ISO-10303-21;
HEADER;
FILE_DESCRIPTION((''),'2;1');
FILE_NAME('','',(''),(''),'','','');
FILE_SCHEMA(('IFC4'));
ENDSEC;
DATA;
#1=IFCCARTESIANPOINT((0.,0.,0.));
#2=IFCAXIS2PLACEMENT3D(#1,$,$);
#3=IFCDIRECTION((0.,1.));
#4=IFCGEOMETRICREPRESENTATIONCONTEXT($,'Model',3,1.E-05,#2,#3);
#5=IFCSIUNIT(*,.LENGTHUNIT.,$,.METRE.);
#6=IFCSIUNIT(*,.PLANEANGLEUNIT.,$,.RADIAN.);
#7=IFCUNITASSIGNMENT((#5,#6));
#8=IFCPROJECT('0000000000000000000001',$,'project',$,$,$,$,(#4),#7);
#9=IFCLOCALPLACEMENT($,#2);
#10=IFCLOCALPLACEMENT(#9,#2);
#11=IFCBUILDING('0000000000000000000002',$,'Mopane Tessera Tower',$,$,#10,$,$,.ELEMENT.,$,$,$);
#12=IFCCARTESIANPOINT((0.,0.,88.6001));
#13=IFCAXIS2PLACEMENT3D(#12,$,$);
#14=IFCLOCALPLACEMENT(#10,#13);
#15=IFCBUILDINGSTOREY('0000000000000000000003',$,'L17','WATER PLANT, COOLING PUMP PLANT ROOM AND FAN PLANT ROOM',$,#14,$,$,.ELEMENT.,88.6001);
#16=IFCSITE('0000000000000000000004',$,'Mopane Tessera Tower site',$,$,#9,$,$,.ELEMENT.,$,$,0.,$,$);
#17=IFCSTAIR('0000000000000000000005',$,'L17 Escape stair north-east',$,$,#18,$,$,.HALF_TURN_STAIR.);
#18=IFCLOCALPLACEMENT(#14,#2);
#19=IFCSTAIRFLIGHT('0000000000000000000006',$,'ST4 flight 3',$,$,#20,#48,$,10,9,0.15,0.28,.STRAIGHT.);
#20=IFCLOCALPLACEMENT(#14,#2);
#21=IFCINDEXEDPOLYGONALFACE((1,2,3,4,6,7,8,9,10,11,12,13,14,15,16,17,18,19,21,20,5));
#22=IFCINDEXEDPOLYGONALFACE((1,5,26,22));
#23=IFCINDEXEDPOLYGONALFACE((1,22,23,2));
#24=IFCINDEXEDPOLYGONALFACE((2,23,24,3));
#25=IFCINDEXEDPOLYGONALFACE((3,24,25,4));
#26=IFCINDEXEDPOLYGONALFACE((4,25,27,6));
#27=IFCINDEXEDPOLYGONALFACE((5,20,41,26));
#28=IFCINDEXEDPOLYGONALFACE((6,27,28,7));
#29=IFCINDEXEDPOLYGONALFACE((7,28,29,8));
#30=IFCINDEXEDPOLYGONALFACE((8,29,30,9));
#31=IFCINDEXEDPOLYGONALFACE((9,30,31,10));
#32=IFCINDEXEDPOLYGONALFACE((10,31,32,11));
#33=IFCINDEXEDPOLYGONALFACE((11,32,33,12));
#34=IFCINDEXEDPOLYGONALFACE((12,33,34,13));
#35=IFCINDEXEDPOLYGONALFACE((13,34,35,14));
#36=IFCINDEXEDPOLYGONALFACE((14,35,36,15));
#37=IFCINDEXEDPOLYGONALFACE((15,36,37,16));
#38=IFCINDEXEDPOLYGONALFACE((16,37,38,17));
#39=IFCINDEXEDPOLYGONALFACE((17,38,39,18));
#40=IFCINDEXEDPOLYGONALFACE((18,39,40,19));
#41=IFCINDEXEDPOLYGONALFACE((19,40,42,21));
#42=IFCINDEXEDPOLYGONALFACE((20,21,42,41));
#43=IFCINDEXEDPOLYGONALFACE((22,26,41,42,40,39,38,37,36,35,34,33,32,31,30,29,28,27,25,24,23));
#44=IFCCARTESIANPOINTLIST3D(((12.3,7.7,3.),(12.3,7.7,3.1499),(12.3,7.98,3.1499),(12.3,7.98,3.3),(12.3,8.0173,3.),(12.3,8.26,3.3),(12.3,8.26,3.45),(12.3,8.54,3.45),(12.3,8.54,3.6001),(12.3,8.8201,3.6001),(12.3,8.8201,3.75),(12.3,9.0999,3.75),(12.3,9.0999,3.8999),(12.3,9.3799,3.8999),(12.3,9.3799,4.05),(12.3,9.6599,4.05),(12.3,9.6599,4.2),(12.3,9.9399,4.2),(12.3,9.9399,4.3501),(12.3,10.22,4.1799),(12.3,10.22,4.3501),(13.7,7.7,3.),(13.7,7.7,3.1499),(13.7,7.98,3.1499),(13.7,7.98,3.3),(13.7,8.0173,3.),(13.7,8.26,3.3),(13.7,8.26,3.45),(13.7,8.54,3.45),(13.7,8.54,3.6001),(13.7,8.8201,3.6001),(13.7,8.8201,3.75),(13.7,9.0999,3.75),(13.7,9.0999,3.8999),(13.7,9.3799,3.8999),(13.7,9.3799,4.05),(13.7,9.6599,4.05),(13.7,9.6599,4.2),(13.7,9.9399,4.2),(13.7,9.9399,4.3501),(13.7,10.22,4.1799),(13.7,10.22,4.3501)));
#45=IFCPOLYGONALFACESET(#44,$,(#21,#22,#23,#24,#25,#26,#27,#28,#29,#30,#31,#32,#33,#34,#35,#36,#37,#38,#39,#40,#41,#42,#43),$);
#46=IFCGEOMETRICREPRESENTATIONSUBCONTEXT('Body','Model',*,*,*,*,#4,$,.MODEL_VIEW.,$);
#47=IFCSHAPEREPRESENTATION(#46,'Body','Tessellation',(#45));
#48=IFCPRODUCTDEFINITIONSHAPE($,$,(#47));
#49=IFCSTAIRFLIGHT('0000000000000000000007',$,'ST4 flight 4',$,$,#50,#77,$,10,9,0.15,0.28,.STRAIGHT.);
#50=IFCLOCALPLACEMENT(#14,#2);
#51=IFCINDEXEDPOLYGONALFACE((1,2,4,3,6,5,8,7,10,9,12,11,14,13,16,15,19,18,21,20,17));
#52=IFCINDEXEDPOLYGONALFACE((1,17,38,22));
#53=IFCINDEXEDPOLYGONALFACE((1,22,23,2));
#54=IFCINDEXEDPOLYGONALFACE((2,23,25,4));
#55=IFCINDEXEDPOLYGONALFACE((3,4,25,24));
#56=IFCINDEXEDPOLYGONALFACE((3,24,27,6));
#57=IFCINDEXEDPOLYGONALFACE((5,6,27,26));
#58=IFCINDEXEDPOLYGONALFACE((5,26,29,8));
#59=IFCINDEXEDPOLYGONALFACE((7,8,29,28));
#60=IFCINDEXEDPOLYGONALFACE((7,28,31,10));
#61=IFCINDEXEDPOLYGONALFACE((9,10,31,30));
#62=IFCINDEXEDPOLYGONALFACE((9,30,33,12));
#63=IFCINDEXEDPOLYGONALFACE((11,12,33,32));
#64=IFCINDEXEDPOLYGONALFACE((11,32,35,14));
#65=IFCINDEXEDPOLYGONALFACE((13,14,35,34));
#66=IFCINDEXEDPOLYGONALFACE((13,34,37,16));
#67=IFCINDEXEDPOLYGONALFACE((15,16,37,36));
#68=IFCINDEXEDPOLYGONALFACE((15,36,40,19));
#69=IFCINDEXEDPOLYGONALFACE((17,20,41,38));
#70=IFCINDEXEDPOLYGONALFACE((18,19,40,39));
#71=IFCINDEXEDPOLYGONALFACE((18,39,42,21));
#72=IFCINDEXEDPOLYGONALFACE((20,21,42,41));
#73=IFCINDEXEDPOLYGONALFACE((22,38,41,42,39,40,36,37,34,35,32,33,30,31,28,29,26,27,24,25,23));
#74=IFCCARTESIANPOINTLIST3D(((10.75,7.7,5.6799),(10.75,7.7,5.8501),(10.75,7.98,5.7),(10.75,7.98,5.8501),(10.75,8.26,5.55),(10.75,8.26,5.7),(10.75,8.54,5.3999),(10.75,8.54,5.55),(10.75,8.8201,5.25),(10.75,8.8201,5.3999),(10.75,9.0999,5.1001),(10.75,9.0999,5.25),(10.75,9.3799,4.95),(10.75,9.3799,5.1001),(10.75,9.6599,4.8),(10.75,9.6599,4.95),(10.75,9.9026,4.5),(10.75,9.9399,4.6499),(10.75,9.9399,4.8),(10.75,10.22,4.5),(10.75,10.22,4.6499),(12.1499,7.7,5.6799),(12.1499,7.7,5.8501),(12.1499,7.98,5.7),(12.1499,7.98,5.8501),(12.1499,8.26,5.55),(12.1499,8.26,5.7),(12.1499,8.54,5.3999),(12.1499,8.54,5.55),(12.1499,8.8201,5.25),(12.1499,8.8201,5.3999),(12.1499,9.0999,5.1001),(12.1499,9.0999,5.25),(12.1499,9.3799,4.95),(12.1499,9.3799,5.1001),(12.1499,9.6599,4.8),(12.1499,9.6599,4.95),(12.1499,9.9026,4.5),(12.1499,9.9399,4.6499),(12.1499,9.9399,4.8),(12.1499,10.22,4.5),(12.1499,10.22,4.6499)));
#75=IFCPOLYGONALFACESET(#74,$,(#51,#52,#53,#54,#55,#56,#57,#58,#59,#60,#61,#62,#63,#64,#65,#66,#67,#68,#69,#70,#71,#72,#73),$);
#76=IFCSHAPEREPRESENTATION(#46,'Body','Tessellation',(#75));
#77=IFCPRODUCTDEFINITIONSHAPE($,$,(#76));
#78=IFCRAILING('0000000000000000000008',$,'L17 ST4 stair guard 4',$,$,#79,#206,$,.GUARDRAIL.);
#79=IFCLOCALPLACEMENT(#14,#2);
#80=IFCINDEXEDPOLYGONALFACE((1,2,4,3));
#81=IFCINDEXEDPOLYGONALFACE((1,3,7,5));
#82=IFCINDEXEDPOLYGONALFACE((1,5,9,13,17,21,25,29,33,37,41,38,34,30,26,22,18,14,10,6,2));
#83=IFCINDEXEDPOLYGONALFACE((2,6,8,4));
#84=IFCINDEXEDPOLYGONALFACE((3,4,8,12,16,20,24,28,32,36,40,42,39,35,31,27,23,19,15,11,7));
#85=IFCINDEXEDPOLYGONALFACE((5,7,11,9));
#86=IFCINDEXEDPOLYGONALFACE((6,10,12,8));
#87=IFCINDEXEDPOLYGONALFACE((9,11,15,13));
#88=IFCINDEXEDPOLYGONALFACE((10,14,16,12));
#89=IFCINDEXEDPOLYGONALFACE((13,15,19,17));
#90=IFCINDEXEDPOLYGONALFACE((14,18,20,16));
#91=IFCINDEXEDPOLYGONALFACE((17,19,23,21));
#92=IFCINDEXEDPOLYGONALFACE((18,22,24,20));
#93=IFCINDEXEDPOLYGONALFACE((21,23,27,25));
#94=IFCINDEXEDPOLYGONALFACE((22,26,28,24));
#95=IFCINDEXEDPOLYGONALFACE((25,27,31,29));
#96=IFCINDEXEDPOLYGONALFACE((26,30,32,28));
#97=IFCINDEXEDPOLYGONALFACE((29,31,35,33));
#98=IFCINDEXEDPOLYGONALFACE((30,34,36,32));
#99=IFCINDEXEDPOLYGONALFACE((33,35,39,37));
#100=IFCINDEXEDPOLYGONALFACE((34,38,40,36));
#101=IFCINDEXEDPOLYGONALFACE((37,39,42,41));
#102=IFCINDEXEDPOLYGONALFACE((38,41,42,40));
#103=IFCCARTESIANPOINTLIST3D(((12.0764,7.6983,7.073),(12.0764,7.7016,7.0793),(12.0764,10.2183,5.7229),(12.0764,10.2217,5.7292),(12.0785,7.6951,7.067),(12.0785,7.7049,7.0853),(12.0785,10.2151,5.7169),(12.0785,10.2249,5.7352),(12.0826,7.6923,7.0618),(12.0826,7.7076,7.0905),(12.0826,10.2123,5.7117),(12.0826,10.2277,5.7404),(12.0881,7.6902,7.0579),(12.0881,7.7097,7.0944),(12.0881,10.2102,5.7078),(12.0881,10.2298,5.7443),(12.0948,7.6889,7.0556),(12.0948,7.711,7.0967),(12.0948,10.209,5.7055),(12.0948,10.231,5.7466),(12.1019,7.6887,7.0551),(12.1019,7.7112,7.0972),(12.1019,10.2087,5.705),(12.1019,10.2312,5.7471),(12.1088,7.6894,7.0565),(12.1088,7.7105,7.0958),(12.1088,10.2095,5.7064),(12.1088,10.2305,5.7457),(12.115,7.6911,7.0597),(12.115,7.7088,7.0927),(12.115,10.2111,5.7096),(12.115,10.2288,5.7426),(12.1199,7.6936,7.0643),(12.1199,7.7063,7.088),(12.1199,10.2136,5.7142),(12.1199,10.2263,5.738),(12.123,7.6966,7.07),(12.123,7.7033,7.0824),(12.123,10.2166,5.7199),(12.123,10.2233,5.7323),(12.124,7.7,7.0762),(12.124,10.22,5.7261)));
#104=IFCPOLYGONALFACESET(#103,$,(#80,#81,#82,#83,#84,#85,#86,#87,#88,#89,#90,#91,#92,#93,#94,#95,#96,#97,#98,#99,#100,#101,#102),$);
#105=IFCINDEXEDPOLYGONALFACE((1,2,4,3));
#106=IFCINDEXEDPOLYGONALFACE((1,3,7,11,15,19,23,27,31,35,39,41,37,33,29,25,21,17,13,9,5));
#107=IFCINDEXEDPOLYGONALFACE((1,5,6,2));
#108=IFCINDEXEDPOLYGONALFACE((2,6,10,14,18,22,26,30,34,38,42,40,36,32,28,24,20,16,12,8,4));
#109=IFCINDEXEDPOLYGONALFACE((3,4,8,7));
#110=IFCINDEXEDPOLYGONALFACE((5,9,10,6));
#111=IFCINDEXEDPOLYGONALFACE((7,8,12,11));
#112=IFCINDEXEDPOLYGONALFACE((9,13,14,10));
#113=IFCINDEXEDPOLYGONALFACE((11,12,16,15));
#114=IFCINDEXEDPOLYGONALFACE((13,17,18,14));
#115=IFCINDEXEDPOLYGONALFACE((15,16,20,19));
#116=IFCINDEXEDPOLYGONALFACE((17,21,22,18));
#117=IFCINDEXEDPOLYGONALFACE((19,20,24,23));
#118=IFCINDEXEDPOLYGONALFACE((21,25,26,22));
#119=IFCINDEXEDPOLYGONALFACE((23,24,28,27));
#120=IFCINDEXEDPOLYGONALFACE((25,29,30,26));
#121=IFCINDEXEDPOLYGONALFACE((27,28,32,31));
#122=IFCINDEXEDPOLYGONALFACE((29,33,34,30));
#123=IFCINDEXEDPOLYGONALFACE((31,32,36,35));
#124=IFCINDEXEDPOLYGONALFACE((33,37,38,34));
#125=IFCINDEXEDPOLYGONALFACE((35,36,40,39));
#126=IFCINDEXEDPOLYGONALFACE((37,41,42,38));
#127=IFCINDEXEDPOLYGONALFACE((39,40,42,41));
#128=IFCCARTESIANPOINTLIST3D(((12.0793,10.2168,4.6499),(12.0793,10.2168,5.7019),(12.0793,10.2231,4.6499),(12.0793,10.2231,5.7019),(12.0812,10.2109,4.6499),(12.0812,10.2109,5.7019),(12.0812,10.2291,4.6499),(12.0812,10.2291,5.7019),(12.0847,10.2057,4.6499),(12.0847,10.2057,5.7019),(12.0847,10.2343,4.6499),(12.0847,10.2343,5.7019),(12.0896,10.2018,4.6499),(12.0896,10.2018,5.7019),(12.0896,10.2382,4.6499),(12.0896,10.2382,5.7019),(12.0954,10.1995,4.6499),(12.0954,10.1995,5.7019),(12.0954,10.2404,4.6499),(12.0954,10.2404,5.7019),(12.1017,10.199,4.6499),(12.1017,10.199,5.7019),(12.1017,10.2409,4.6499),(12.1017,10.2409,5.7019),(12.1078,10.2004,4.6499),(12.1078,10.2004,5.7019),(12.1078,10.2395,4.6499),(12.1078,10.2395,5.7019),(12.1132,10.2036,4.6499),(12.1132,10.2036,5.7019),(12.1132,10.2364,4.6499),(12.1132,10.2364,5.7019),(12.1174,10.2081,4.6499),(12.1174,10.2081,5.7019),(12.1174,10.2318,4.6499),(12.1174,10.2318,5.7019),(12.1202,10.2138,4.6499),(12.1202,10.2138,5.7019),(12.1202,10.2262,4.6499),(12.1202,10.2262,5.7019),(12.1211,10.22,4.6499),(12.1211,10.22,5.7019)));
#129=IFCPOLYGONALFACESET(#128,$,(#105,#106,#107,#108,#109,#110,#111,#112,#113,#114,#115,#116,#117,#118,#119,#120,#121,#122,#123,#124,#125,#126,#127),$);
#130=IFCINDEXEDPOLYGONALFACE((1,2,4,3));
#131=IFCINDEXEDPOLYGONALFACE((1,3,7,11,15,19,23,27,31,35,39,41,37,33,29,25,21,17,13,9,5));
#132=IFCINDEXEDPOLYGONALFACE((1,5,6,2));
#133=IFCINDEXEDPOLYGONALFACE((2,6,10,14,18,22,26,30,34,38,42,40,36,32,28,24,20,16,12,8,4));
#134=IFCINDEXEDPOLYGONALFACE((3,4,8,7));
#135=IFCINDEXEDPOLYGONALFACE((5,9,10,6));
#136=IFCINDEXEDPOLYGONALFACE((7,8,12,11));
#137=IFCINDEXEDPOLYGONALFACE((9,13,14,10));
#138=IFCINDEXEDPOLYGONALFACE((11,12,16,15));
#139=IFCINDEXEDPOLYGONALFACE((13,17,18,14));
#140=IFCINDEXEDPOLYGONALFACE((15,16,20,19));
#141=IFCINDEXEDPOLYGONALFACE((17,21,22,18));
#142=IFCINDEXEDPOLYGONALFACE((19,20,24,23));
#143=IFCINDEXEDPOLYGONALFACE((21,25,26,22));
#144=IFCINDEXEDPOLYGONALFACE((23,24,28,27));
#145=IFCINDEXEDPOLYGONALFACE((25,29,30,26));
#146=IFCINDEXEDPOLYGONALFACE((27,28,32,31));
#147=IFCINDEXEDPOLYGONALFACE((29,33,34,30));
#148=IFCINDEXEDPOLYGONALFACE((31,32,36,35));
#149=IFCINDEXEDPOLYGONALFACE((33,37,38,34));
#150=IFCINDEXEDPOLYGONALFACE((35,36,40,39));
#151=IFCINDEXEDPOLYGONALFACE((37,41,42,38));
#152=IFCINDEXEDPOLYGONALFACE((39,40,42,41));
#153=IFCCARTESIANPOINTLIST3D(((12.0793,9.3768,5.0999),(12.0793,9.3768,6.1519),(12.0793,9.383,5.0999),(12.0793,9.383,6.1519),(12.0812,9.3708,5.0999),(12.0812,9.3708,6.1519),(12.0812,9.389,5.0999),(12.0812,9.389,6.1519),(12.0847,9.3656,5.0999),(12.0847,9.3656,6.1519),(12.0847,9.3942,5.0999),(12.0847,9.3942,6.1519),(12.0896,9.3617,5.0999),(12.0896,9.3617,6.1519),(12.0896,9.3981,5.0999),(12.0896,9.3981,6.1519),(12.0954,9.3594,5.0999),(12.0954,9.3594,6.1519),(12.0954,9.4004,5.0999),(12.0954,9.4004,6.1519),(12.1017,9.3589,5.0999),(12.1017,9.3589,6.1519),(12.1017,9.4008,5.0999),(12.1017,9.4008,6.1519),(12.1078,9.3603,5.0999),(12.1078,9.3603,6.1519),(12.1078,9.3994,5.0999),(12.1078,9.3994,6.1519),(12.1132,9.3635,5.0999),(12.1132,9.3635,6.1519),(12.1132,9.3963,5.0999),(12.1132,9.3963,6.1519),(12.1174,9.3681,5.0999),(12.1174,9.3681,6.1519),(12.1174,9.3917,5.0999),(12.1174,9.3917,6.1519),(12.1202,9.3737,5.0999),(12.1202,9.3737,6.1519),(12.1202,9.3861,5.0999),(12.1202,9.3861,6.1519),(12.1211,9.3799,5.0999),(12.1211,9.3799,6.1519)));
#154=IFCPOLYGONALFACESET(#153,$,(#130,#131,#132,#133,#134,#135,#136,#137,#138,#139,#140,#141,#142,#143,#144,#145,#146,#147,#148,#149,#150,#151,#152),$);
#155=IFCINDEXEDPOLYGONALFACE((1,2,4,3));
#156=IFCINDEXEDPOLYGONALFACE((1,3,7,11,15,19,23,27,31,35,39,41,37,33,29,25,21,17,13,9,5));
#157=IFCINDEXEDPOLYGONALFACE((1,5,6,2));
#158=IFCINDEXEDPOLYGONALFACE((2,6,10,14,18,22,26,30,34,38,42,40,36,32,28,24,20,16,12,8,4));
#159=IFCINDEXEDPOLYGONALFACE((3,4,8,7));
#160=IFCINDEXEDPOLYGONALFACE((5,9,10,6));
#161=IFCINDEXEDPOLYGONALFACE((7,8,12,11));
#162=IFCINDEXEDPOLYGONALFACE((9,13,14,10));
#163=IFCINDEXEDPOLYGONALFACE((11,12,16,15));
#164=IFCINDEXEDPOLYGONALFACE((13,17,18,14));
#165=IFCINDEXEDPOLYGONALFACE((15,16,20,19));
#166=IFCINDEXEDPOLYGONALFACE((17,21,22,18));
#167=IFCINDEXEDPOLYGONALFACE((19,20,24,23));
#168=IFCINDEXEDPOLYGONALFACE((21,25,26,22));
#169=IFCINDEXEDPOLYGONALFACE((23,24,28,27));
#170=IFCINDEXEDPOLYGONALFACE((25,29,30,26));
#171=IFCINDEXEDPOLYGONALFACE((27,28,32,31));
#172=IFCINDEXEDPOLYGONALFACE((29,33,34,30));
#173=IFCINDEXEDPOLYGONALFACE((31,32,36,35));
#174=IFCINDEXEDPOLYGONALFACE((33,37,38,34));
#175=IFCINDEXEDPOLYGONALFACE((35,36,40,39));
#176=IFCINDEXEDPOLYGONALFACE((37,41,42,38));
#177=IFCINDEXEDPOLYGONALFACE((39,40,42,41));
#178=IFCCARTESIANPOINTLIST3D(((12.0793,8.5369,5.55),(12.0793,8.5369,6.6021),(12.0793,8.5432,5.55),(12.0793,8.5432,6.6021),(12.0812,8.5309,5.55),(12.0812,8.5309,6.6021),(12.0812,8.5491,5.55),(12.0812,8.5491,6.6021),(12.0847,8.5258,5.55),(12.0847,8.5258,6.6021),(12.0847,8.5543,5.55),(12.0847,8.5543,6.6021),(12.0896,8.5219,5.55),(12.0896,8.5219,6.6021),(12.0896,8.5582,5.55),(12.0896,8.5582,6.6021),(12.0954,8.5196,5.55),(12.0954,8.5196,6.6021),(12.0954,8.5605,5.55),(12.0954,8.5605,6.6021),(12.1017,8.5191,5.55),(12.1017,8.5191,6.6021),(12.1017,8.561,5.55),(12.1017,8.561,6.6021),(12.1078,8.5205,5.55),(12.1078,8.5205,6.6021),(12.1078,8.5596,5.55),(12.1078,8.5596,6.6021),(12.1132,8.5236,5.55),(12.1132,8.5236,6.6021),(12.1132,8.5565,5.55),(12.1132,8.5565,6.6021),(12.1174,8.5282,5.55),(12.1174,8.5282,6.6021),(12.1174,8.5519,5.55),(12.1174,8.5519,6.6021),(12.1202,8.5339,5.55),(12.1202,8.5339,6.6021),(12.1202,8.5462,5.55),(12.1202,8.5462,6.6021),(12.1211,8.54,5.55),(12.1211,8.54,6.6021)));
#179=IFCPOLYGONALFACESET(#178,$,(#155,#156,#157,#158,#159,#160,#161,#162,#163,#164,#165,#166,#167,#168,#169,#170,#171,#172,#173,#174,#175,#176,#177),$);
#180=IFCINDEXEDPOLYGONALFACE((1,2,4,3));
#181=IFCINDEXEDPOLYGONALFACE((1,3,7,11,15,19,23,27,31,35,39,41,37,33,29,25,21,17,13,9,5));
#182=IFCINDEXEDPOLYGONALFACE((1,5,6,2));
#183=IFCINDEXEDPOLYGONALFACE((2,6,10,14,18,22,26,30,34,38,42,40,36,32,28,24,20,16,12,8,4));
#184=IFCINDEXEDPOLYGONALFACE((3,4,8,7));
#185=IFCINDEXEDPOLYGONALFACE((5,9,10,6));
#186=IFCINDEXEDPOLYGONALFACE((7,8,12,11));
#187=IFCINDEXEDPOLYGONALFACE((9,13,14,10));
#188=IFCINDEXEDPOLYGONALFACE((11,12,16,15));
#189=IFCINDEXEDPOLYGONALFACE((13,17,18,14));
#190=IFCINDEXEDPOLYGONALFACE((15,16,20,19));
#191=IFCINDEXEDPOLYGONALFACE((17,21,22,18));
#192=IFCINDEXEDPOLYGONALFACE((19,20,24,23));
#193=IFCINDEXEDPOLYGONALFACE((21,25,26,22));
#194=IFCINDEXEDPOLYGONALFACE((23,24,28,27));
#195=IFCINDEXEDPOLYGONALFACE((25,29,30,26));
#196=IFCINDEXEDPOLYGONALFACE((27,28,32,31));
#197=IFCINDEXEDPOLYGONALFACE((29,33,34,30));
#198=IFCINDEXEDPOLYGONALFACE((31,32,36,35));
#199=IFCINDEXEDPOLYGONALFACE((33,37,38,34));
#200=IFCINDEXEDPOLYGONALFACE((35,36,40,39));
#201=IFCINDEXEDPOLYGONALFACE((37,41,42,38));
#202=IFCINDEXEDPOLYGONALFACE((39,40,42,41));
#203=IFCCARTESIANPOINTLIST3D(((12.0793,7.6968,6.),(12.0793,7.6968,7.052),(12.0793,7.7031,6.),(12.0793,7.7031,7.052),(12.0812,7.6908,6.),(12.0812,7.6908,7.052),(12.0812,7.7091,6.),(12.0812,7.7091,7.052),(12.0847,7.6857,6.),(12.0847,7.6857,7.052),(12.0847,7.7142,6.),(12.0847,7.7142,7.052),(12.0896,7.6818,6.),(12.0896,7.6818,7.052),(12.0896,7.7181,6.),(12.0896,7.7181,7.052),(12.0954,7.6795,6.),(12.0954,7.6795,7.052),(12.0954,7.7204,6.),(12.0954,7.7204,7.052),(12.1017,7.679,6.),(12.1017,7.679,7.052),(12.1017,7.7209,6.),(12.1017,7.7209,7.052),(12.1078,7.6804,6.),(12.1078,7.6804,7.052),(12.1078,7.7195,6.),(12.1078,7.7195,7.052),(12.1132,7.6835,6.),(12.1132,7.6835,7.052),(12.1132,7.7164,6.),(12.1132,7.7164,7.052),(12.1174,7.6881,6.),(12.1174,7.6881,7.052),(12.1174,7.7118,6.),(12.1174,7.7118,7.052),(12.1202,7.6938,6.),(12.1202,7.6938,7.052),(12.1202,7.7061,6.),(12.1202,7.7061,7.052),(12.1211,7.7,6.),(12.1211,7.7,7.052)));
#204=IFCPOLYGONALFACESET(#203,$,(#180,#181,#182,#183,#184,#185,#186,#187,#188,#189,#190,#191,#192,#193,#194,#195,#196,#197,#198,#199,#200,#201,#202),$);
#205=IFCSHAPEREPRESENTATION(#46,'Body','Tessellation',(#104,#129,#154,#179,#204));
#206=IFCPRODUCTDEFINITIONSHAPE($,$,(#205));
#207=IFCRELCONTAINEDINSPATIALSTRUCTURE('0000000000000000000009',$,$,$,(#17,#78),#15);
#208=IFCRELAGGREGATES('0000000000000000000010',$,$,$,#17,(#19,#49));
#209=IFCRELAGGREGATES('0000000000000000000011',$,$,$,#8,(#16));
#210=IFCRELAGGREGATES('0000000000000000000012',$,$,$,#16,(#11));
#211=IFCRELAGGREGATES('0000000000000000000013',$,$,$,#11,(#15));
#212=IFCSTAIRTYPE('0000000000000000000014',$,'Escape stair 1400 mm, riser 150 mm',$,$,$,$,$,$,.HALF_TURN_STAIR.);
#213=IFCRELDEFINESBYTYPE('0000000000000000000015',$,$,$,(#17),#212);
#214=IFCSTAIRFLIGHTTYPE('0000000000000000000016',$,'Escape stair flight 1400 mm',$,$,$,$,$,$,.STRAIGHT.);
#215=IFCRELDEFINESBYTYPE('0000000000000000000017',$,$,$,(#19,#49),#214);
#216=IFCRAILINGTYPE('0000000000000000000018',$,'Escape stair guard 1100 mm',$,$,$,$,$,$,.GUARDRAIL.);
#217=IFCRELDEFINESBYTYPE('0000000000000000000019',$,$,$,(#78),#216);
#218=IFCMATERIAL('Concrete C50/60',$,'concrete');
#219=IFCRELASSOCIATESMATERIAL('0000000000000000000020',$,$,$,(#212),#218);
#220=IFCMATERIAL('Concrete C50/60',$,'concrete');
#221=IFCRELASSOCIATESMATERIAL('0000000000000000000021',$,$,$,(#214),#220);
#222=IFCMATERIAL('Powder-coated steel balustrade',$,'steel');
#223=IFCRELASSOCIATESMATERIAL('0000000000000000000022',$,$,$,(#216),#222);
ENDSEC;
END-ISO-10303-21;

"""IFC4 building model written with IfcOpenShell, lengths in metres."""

from ifc_helpers import new_model, si_unit, direction, frame, origin, origin_2d, place, context, subcontext, project, spatial, polyline, circle, outline, extrude, material, type_object, element, aggregate, save


model = new_model("IFC4")

# Units and contexts
model_context = context("Model", 3, precision=1e-05, world=origin(), true_north=direction((0.0, 1.0)))
body_context = subcontext(model_context, "Body", "Model", "MODEL_VIEW")
ifc_project = project(units=[si_unit("LENGTHUNIT", "METRE"), si_unit("PLANEANGLEUNIT", "RADIAN")], contexts=[model_context])

# Site, building, storey
site_placement = place(None, origin())
site = spatial("IfcSite", under=ifc_project, at=site_placement, Name="Mopane Tessera Tower site", CompositionType="ELEMENT", RefElevation=0.0)
building_placement = place(site_placement, origin())
building = spatial("IfcBuilding", under=site, at=building_placement, Name="Mopane Tessera Tower", CompositionType="ELEMENT")
storey_placement = place(building_placement, frame((0.0, 0.0, 88.6001)))
storey = spatial("IfcBuildingStorey", under=building, at=storey_placement, Name="L17", Description="WATER PLANT, COOLING PUMP PLANT ROOM AND FAN PLANT ROOM", CompositionType="ELEMENT", Elevation=88.6001)

# Stair, stair flights
ifc_material_1 = material(Name="Concrete C50/60", Category="concrete")
stair_type = type_object("IfcStairType", Name="Escape stair 1400 mm, riser 150 mm", PredefinedType="HALF_TURN_STAIR", material=ifc_material_1)
stair_placement = place(storey_placement, origin())
stair = element("IfcStair", 1, at=stair_placement, inside=storey, type_object=stair_type, Name="L17 Escape stair north-east", PredefinedType="HALF_TURN_STAIR")
ifc_material_2 = material(Name="Concrete C50/60", Category="concrete")
stair_flight_type = type_object("IfcStairFlightType", Name="Escape stair flight 1400 mm", PredefinedType="STRAIGHT", material=ifc_material_2)
stair_flight_1_placement = place(storey_placement, frame((13.0, 7.7, 3.0), z_axis=(0.0, 0.0, 1.0), x_axis=(0.0, 1.0, 0.0)))
stair_flight_1 = element("IfcStairFlight", 2, at=stair_flight_1_placement, type_object=stair_flight_type, Name="ST4 flight 3", NumberOfRisers=10, NumberOfTreads=9, PredefinedType="STRAIGHT", RiserHeight=0.15, TreadLength=0.28, context=body_context, shape_type="SweptSolid", body=[
    extrude(outline(polyline([(0.0, 0.0), (0.0, 0.1499), (0.28, 0.1499), (0.28, 0.3), (0.5601, 0.3), (0.5601, 0.45), (0.8401, 0.45), (0.8401, 0.6001), (1.1201, 0.6001), (1.1201, 0.75), (1.3999, 0.75), (1.3999, 0.8999), (1.6799, 0.8999), (1.6799, 1.05), (1.96, 1.05), (1.96, 1.2), (2.24, 1.2), (2.24, 1.3501), (2.52, 1.3501), (2.52, 1.5), (2.52, 1.1799), (0.3174, 0.0), (0.0, 0.0)])), frame((0.0, 0.7, 0.0), z_axis=(0.0, -1.0, 0.0), x_axis=(1.0, 0.0, 0.0)), (0.0, 0.0, 1.0), 1.3999),
])
stair_flight_2_placement = place(storey_placement, frame((11.45, 10.22, 4.5), z_axis=(0.0, 0.0, 1.0), x_axis=(0.0, -1.0, 0.0)))
stair_flight_2 = element("IfcStairFlight", 3, at=stair_flight_2_placement, type_object=stair_flight_type, Name="ST4 flight 4", NumberOfRisers=10, NumberOfTreads=9, PredefinedType="STRAIGHT", RiserHeight=0.15, TreadLength=0.28, context=body_context, shape_type="SweptSolid", body=[
    extrude(outline(polyline([(0.0, 0.0), (0.0, 0.1499), (0.28, 0.1499), (0.28, 0.3), (0.5601, 0.3), (0.5601, 0.45), (0.8401, 0.45), (0.8401, 0.6001), (1.1201, 0.6001), (1.1201, 0.75), (1.3999, 0.75), (1.3999, 0.8999), (1.6799, 0.8999), (1.6799, 1.05), (1.96, 1.05), (1.96, 1.2), (2.24, 1.2), (2.24, 1.3501), (2.52, 1.3501), (2.52, 1.5), (2.52, 1.1799), (0.3174, 0.0), (0.0, 0.0)])), frame((0.0, 0.7, 0.0), z_axis=(0.0, -1.0, 0.0), x_axis=(1.0, 0.0, 0.0)), (0.0, 0.0, 1.0), 1.3999),
])
aggregate(stair, [stair_flight_1, stair_flight_2])

# Railing
ifc_material_3 = material(Name="Powder-coated steel balustrade", Category="steel")
railing_type_1 = type_object("IfcRailingType", Name="Escape stair guard 1100 mm", PredefinedType="GUARDRAIL", material=ifc_material_3)
railing_1_placement = place(storey_placement, frame((12.1001, 10.22, 4.6499)))
element("IfcRailing", 4, at=railing_1_placement, inside=storey, type_object=railing_type_1, Name="L17 ST4 stair guard 4", PredefinedType="GUARDRAIL", context=body_context, shape_type="SweptSolid", body=[
    extrude(circle(Radius=0.0239, at=origin_2d()), frame((0.0, 0.0, 1.0762), z_axis=(0.0, -0.881467, 0.472245), x_axis=(1.0, 0.0, 0.0)), (0.0, 0.0, 1.0), 2.8589),
    extrude(circle(Radius=0.021, at=origin_2d()), origin(), (0.0, 0.0, 1.0), 1.052),
    extrude(circle(Radius=0.021, at=origin_2d()), frame((0.0, -0.8401, 0.45)), (0.0, 0.0, 1.0), 1.052),
    extrude(circle(Radius=0.021, at=origin_2d()), frame((0.0, -1.6799, 0.9001)), (0.0, 0.0, 1.0), 1.052),
    extrude(circle(Radius=0.021, at=origin_2d()), frame((0.0, -2.52, 1.3501)), (0.0, 0.0, 1.0), 1.052),
])

save(model, "model.ifc")
